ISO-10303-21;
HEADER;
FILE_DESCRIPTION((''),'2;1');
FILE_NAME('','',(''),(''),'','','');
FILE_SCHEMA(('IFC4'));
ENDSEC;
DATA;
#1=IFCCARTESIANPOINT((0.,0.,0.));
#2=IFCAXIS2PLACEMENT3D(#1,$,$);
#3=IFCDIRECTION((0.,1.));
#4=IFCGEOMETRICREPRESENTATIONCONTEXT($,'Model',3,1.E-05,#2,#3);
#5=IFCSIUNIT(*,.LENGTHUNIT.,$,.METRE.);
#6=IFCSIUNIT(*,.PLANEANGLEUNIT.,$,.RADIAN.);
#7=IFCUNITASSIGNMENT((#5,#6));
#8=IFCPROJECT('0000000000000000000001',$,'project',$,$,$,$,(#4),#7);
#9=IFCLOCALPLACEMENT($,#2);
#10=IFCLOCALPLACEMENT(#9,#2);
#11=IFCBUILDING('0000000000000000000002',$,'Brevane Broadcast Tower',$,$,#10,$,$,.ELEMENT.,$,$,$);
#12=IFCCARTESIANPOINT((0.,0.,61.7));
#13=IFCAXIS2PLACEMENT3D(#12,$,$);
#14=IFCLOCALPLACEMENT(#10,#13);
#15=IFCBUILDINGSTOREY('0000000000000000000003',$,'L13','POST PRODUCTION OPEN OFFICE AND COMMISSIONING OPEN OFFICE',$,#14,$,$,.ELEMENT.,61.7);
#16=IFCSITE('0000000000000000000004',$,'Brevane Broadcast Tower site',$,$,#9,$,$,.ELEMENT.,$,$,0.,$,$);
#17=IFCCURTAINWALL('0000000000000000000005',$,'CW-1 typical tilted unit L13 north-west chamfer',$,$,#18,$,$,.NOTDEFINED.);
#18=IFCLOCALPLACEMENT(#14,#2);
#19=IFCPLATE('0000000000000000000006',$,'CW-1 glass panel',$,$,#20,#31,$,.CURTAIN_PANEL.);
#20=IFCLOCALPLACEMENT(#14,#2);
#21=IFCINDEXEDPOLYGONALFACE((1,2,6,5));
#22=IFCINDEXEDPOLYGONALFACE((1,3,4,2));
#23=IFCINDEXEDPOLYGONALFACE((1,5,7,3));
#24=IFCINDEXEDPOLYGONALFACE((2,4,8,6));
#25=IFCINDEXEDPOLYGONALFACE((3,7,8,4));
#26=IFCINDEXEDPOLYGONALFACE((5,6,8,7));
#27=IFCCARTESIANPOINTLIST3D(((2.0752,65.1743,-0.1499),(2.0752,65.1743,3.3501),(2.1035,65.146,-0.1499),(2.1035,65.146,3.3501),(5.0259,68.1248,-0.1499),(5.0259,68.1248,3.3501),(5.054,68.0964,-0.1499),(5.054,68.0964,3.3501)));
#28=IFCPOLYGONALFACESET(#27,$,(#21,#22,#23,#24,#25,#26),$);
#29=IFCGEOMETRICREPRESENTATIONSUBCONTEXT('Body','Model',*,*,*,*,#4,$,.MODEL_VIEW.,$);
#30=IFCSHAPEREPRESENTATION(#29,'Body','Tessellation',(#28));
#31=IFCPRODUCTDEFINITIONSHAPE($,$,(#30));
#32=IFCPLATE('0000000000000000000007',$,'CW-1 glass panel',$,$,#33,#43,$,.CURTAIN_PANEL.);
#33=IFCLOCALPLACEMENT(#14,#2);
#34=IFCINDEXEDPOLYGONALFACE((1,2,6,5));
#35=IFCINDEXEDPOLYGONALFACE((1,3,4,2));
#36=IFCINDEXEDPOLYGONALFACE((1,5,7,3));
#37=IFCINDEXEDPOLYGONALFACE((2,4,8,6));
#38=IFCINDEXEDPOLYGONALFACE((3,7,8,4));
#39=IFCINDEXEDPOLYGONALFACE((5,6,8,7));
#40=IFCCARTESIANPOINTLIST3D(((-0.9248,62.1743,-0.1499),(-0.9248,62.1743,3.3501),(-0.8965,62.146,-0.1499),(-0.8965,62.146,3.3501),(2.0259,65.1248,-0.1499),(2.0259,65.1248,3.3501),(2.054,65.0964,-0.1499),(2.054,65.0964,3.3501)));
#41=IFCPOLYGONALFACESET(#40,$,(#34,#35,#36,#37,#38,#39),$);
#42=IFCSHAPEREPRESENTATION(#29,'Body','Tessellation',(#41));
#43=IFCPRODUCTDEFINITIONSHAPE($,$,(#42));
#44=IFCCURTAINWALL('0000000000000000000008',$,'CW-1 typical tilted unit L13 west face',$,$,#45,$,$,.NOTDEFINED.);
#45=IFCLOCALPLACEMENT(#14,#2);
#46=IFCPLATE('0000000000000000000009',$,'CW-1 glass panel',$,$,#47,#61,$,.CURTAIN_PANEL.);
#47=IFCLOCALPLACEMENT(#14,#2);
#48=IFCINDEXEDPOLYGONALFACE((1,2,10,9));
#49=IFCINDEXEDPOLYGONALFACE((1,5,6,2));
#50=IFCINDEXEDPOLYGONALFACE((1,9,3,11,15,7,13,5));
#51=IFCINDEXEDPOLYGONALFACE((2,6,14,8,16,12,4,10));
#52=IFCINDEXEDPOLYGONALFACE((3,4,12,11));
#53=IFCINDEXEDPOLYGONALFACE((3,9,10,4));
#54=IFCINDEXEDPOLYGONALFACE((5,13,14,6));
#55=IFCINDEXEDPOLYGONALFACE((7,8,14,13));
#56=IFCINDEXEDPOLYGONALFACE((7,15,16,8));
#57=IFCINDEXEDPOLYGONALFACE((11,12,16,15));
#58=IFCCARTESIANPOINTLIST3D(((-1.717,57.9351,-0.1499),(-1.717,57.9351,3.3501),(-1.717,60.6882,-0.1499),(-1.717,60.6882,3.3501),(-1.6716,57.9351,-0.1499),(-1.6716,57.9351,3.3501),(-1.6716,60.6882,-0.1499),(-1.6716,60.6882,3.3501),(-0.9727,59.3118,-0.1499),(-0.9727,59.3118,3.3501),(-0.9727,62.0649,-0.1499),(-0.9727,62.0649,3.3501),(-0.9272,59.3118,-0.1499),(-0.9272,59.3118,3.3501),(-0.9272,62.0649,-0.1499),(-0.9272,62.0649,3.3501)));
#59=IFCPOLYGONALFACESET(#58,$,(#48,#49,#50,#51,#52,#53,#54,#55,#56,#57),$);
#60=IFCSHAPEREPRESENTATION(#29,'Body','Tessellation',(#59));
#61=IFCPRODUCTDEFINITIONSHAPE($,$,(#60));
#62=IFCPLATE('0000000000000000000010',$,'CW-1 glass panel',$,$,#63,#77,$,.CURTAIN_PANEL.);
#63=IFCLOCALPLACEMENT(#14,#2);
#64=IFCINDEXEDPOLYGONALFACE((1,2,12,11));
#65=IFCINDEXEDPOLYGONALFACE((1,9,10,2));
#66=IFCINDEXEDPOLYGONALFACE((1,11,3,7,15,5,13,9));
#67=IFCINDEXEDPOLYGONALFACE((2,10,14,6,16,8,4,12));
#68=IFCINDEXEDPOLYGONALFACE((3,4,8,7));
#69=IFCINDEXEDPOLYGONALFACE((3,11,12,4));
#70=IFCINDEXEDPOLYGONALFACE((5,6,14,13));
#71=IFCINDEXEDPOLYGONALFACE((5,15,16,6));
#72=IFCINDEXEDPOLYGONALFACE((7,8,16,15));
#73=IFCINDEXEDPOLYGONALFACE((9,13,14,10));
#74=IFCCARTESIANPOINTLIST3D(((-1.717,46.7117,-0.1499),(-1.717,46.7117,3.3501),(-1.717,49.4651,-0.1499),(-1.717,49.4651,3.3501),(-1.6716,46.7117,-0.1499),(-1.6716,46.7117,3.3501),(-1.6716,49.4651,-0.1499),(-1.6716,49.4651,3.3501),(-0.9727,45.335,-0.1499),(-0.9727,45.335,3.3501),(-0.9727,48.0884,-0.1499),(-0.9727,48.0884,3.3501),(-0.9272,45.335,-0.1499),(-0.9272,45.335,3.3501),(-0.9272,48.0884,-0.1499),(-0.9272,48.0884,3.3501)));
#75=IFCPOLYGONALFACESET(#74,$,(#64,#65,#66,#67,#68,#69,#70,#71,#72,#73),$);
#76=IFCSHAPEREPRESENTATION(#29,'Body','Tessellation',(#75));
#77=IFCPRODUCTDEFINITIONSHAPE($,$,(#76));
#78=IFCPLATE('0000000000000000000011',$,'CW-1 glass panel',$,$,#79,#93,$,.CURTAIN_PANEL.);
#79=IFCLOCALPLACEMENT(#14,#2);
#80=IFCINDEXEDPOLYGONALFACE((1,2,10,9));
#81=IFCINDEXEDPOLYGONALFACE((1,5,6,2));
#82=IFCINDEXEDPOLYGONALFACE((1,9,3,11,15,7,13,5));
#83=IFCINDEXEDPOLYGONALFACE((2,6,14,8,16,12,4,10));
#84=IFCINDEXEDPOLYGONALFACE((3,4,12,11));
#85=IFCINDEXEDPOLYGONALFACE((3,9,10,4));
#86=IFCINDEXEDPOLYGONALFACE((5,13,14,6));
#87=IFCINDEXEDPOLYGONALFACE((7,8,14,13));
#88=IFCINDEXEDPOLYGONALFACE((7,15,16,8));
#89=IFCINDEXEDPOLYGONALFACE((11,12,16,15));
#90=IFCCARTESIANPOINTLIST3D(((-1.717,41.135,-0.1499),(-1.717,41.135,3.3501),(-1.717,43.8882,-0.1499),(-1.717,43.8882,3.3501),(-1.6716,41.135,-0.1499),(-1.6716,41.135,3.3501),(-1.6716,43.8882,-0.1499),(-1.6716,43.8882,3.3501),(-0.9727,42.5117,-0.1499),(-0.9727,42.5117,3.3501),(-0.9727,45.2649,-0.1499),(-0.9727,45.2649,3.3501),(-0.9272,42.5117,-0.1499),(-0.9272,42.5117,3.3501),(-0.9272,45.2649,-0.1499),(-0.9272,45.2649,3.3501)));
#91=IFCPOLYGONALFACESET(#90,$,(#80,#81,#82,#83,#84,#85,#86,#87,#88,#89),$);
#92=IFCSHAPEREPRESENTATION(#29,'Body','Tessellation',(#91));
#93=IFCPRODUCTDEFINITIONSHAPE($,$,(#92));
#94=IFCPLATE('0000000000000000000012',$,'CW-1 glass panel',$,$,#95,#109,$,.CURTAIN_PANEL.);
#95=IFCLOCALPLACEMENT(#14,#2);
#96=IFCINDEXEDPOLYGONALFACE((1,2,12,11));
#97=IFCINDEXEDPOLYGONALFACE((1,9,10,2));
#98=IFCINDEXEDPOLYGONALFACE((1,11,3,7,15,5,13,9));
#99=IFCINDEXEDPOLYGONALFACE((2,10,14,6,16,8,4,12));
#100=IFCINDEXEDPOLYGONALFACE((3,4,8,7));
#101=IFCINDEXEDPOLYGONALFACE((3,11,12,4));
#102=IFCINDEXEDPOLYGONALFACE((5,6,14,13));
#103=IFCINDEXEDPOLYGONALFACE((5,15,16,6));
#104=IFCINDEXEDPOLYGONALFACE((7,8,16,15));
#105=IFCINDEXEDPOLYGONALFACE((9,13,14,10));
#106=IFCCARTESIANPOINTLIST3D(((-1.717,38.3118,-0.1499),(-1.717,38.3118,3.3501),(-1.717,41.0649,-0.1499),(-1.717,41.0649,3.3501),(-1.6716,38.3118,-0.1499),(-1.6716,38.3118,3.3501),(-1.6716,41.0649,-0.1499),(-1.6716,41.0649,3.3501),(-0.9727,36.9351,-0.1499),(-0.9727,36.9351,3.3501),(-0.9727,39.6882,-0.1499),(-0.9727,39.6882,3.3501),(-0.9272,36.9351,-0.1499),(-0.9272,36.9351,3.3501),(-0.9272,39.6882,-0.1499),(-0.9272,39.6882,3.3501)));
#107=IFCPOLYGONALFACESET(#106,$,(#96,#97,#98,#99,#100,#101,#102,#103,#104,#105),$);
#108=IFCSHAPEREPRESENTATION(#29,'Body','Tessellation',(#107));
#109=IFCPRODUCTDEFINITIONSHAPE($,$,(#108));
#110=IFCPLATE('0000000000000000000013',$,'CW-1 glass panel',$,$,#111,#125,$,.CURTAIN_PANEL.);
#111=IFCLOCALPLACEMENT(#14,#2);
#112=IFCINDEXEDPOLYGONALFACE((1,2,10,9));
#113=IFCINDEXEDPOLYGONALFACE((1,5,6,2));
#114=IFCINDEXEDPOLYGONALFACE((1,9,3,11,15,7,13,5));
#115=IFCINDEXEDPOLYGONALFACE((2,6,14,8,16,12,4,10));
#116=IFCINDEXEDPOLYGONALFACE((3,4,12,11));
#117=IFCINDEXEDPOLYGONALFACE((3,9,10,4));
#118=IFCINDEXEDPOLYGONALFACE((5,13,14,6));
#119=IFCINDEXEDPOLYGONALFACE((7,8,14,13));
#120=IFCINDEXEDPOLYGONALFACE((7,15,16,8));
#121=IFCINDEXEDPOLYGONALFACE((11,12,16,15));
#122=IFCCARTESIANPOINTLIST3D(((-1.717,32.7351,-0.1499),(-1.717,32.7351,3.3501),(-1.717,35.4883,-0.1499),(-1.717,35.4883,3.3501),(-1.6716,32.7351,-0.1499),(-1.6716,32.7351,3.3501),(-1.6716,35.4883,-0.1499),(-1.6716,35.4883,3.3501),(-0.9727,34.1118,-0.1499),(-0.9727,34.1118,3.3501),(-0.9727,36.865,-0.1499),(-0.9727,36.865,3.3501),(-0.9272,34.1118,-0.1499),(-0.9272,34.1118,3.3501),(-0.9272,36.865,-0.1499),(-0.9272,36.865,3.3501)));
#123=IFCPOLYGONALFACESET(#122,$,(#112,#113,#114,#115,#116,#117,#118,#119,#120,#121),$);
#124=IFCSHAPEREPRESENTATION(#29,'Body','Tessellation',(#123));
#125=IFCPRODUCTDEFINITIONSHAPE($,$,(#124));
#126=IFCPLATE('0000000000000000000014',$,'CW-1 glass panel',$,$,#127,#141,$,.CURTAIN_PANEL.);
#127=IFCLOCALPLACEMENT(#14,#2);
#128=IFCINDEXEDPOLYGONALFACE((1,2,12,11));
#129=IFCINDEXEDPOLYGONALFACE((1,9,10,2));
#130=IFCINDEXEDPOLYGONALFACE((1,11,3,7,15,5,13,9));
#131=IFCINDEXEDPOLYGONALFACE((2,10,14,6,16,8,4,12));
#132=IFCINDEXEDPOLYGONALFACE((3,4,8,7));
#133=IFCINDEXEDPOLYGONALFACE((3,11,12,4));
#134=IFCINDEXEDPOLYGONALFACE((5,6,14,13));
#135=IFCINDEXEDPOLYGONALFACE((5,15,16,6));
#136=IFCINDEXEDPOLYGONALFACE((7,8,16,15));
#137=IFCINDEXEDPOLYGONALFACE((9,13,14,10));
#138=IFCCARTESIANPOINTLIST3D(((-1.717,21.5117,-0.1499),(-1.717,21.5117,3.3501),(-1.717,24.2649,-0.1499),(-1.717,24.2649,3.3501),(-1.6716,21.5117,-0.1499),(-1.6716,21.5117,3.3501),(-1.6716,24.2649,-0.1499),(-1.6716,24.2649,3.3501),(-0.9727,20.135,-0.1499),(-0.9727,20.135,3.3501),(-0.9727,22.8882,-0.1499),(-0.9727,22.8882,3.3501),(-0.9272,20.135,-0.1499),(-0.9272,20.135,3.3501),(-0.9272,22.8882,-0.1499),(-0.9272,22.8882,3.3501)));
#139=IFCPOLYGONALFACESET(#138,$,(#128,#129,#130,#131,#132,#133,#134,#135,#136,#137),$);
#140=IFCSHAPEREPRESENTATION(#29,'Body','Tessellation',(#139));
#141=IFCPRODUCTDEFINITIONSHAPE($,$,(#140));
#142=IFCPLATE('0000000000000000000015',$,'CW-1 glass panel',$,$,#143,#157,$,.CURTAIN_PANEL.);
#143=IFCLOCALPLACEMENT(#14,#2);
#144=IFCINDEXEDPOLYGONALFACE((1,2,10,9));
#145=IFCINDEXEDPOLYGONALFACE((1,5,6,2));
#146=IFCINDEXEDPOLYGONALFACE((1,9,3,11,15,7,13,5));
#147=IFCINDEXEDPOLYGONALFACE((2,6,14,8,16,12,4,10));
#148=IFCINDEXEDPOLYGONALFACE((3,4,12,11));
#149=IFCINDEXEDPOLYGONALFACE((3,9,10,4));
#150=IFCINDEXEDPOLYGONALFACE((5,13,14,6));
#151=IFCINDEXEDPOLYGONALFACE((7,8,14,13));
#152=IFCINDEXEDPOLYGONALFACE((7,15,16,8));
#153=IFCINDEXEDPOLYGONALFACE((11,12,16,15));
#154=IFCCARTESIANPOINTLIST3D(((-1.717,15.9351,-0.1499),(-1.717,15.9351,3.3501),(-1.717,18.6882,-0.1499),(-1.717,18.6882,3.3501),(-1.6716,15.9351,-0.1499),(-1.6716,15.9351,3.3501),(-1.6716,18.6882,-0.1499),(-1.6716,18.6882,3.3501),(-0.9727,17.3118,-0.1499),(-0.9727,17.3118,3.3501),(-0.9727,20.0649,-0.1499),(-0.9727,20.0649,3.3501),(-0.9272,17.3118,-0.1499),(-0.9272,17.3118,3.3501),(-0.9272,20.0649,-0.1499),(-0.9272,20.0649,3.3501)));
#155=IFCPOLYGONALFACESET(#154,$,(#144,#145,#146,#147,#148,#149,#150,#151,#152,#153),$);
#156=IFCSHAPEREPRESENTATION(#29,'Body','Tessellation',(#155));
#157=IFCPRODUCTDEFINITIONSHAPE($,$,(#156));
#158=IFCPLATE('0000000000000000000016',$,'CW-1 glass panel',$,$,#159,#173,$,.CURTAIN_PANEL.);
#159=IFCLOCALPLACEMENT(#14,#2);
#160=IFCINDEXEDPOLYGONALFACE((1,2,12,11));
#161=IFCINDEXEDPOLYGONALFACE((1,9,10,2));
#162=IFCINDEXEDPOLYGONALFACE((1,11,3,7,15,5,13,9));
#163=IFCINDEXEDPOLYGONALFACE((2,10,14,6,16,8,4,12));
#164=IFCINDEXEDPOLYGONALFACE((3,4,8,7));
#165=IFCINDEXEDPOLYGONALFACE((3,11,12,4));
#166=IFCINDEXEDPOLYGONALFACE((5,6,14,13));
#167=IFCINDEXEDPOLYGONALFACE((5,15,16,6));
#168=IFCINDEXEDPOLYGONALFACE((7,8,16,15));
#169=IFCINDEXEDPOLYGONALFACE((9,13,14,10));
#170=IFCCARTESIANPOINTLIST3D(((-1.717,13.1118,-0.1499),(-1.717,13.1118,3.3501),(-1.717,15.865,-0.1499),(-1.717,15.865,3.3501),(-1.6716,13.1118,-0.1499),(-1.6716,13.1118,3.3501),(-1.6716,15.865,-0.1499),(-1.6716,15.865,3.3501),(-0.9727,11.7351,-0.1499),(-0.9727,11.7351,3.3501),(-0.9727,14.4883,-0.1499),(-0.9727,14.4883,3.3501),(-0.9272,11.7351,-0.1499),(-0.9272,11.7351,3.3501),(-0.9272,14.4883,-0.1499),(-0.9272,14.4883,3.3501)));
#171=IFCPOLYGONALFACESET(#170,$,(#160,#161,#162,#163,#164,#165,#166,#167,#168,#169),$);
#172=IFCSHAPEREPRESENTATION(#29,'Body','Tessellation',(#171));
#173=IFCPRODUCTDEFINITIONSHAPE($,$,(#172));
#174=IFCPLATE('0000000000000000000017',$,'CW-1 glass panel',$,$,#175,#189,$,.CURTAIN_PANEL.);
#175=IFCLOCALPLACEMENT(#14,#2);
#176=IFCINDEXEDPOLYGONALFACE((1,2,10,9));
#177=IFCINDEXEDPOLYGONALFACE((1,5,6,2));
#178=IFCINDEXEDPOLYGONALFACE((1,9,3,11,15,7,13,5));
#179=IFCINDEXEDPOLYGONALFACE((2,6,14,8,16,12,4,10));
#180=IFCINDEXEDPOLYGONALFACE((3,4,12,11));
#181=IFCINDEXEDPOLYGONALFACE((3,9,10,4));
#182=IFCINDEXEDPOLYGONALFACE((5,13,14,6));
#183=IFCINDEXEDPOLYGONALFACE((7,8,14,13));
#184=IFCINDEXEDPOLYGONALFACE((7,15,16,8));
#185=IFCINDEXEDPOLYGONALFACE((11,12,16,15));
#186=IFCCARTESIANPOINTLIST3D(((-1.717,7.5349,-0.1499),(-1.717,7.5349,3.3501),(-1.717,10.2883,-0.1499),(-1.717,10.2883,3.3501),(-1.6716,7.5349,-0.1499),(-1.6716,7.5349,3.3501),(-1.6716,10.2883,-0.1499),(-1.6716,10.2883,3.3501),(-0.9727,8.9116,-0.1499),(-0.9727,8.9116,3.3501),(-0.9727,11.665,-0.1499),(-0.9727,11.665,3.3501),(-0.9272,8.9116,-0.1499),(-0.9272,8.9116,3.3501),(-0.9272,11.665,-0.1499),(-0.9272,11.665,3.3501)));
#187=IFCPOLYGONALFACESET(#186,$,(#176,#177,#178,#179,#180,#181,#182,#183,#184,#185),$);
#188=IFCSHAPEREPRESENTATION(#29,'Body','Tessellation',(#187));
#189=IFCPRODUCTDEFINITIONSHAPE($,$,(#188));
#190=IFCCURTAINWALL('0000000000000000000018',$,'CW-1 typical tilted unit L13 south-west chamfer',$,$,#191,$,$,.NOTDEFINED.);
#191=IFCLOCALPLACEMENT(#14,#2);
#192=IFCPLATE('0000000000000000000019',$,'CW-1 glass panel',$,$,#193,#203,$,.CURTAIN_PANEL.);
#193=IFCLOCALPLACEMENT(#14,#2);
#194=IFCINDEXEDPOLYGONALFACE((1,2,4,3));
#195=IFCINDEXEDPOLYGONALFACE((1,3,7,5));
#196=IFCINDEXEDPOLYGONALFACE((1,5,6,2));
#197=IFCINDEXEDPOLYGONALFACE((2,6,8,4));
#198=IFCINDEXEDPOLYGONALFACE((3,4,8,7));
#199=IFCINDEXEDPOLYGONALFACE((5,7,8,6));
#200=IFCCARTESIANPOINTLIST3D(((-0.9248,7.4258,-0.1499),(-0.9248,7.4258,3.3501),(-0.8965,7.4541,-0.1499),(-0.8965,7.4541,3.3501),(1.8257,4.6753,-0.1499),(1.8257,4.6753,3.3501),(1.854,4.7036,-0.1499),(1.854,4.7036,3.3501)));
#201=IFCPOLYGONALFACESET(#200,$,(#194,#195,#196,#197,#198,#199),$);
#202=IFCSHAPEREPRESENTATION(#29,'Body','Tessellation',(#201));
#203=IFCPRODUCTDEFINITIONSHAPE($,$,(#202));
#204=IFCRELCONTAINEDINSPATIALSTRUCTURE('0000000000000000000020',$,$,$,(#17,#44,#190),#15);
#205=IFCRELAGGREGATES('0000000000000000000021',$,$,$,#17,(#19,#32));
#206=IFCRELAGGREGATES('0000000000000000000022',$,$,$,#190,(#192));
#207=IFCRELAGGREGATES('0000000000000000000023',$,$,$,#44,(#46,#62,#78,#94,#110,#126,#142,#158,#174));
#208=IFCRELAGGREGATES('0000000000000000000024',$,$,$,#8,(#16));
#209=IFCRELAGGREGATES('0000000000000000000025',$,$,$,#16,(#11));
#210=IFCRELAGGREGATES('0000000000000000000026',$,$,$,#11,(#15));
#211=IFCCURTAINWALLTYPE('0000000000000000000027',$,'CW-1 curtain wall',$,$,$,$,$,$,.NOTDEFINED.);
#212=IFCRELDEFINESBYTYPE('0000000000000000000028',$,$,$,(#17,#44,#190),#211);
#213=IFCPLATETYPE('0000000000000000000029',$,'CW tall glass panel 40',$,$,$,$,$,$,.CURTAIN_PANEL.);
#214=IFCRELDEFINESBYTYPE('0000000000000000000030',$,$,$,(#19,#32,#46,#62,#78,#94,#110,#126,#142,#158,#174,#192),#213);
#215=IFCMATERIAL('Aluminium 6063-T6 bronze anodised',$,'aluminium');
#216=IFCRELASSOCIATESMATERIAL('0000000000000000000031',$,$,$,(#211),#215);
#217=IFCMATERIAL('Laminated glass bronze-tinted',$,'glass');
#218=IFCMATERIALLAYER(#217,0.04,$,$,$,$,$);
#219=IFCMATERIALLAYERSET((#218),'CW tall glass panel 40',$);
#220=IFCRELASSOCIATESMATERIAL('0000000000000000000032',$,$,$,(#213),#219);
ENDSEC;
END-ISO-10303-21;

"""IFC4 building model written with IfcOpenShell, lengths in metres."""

from ifc_helpers import new_model, si_unit, direction, frame, origin, place, context, subcontext, project, spatial, polyline, outline, extrude, material, layer, layer_set, type_object, element, aggregate, save


model = new_model("IFC4")

# Units and contexts
model_context = context("Model", 3, precision=1e-05, world=origin(), true_north=direction((0.0, 1.0)))
body_context = subcontext(model_context, "Body", "Model", "MODEL_VIEW")
ifc_project = project(units=[si_unit("LENGTHUNIT", "METRE"), si_unit("PLANEANGLEUNIT", "RADIAN")], contexts=[model_context])

# Site, building, storey
site_placement = place(None, origin())
site = spatial("IfcSite", under=ifc_project, at=site_placement, Name="Brevane Broadcast Tower site", CompositionType="ELEMENT", RefElevation=0.0)
building_placement = place(site_placement, origin())
building = spatial("IfcBuilding", under=site, at=building_placement, Name="Brevane Broadcast Tower", CompositionType="ELEMENT")
storey_placement = place(building_placement, frame((0.0, 0.0, 61.7)))
storey = spatial("IfcBuildingStorey", under=building, at=storey_placement, Name="L13", Description="POST PRODUCTION OPEN OFFICE AND COMMISSIONING OPEN OFFICE", CompositionType="ELEMENT", Elevation=61.7)

# Curtain walls, plates
ifc_material_1 = material(Name="Aluminium 6063-T6 bronze anodised", Category="aluminium")
curtain_wall_type = type_object("IfcCurtainWallType", Name="CW-1 curtain wall", PredefinedType="NOTDEFINED", material=ifc_material_1)
curtain_wall_1_placement = place(storey_placement, origin())
curtain_wall_1 = element("IfcCurtainWall", 1, at=curtain_wall_1_placement, inside=storey, type_object=curtain_wall_type, Name="CW-1 typical tilted unit L13 north-west chamfer", PredefinedType="NOTDEFINED")
ifc_material_2 = material(Name="Laminated glass bronze-tinted", Category="glass")
ifc_layer_1 = layer(ifc_material_2, 0.04)
ifc_layer_set_1 = layer_set([ifc_layer_1], Name="CW tall glass panel 40")
plate_type = type_object("IfcPlateType", Name="CW tall glass panel 40", PredefinedType="CURTAIN_PANEL", material=ifc_layer_set_1)
plate_1_placement = place(storey_placement, frame((0.0, 0.0, -0.1499)))
plate_1 = element("IfcPlate", 2, at=plate_1_placement, type_object=plate_type, Name="CW-1 glass panel", PredefinedType="CURTAIN_PANEL", context=body_context, shape_type="SweptSolid", body=[
    extrude(outline(polyline([(5.054, 68.0964), (2.1035, 65.146), (2.0752, 65.1743), (5.0259, 68.1248), (5.054, 68.0964)])), origin(), (0.0, 0.0, 1.0), 3.5),
])
plate_2_placement = place(storey_placement, frame((0.0, 0.0, -0.1499)))
plate_2 = element("IfcPlate", 3, at=plate_2_placement, type_object=plate_type, Name="CW-1 glass panel", PredefinedType="CURTAIN_PANEL", context=body_context, shape_type="SweptSolid", body=[
    extrude(outline(polyline([(2.054, 65.0964), (-0.8965, 62.146), (-0.9248, 62.1743), (2.0259, 65.1248), (2.054, 65.0964)])), origin(), (0.0, 0.0, 1.0), 3.5),
])
aggregate(curtain_wall_1, [plate_1, plate_2])
curtain_wall_2_placement = place(storey_placement, origin())
curtain_wall_2 = element("IfcCurtainWall", 4, at=curtain_wall_2_placement, inside=storey, type_object=curtain_wall_type, Name="CW-1 typical tilted unit L13 west face", PredefinedType="NOTDEFINED")
plate_3_placement = place(storey_placement, frame((0.0, 0.0, -0.1499)))
plate_3 = element("IfcPlate", 5, at=plate_3_placement, type_object=plate_type, Name="CW-1 glass panel", PredefinedType="CURTAIN_PANEL", context=body_context, shape_type="SweptSolid", body=[
    extrude(outline(polyline([(-0.9272, 62.0649), (-0.9727, 62.0649), (-1.717, 60.6882), (-0.9727, 59.3118), (-1.717, 57.9351), (-1.6716, 57.9351), (-0.9272, 59.3118), (-1.6716, 60.6882), (-0.9272, 62.0649)])), origin(), (0.0, 0.0, 1.0), 3.5),
])
plate_4_placement = place(storey_placement, frame((0.0, 0.0, -0.1499)))
plate_4 = element("IfcPlate", 6, at=plate_4_placement, type_object=plate_type, Name="CW-1 glass panel", PredefinedType="CURTAIN_PANEL", context=body_context, shape_type="SweptSolid", body=[
    extrude(outline(polyline([(-1.6716, 49.4651), (-1.717, 49.4651), (-0.9727, 48.0884), (-1.717, 46.7117), (-0.9727, 45.335), (-0.9272, 45.335), (-1.6716, 46.7117), (-0.9272, 48.0884), (-1.6716, 49.4651)])), origin(), (0.0, 0.0, 1.0), 3.5),
])
plate_5_placement = place(storey_placement, frame((0.0, 0.0, -0.1499)))
plate_5 = element("IfcPlate", 7, at=plate_5_placement, type_object=plate_type, Name="CW-1 glass panel", PredefinedType="CURTAIN_PANEL", context=body_context, shape_type="SweptSolid", body=[
    extrude(outline(polyline([(-0.9272, 45.2649), (-0.9727, 45.2649), (-1.717, 43.8882), (-0.9727, 42.5117), (-1.717, 41.135), (-1.6716, 41.135), (-0.9272, 42.5117), (-1.6716, 43.8882), (-0.9272, 45.2649)])), origin(), (0.0, 0.0, 1.0), 3.5),
])
plate_6_placement = place(storey_placement, frame((0.0, 0.0, -0.1499)))
plate_6 = element("IfcPlate", 8, at=plate_6_placement, type_object=plate_type, Name="CW-1 glass panel", PredefinedType="CURTAIN_PANEL", context=body_context, shape_type="SweptSolid", body=[
    extrude(outline(polyline([(-1.6716, 41.0649), (-1.717, 41.0649), (-0.9727, 39.6882), (-1.717, 38.3118), (-0.9727, 36.9351), (-0.9272, 36.9351), (-1.6716, 38.3118), (-0.9272, 39.6882), (-1.6716, 41.0649)])), origin(), (0.0, 0.0, 1.0), 3.5),
])
plate_7_placement = place(storey_placement, frame((0.0, 0.0, -0.1499)))
plate_7 = element("IfcPlate", 9, at=plate_7_placement, type_object=plate_type, Name="CW-1 glass panel", PredefinedType="CURTAIN_PANEL", context=body_context, shape_type="SweptSolid", body=[
    extrude(outline(polyline([(-0.9272, 36.865), (-0.9727, 36.865), (-1.717, 35.4883), (-0.9727, 34.1118), (-1.717, 32.7351), (-1.6716, 32.7351), (-0.9272, 34.1118), (-1.6716, 35.4883), (-0.9272, 36.865)])), origin(), (0.0, 0.0, 1.0), 3.5),
])
plate_8_placement = place(storey_placement, frame((0.0, 0.0, -0.1499)))
plate_8 = element("IfcPlate", 10, at=plate_8_placement, type_object=plate_type, Name="CW-1 glass panel", PredefinedType="CURTAIN_PANEL", context=body_context, shape_type="SweptSolid", body=[
    extrude(outline(polyline([(-1.6716, 24.2649), (-1.717, 24.2649), (-0.9727, 22.8882), (-1.717, 21.5117), (-0.9727, 20.135), (-0.9272, 20.135), (-1.6716, 21.5117), (-0.9272, 22.8882), (-1.6716, 24.2649)])), origin(), (0.0, 0.0, 1.0), 3.5),
])
plate_9_placement = place(storey_placement, frame((0.0, 0.0, -0.1499)))
plate_9 = element("IfcPlate", 11, at=plate_9_placement, type_object=plate_type, Name="CW-1 glass panel", PredefinedType="CURTAIN_PANEL", context=body_context, shape_type="SweptSolid", body=[
    extrude(outline(polyline([(-0.9272, 20.0649), (-0.9727, 20.0649), (-1.717, 18.6882), (-0.9727, 17.3118), (-1.717, 15.9351), (-1.6716, 15.9351), (-0.9272, 17.3118), (-1.6716, 18.6882), (-0.9272, 20.0649)])), origin(), (0.0, 0.0, 1.0), 3.5),
])
plate_10_placement = place(storey_placement, frame((0.0, 0.0, -0.1499)))
plate_10 = element("IfcPlate", 12, at=plate_10_placement, type_object=plate_type, Name="CW-1 glass panel", PredefinedType="CURTAIN_PANEL", context=body_context, shape_type="SweptSolid", body=[
    extrude(outline(polyline([(-1.6716, 15.865), (-1.717, 15.865), (-0.9727, 14.4883), (-1.717, 13.1118), (-0.9727, 11.7351), (-0.9272, 11.7351), (-1.6716, 13.1118), (-0.9272, 14.4883), (-1.6716, 15.865)])), origin(), (0.0, 0.0, 1.0), 3.5),
])
plate_11_placement = place(storey_placement, frame((0.0, 0.0, -0.1499)))
plate_11 = element("IfcPlate", 13, at=plate_11_placement, type_object=plate_type, Name="CW-1 glass panel", PredefinedType="CURTAIN_PANEL", context=body_context, shape_type="SweptSolid", body=[
    extrude(outline(polyline([(-0.9272, 11.665), (-0.9727, 11.665), (-1.717, 10.2883), (-0.9727, 8.9116), (-1.717, 7.5349), (-1.6716, 7.5349), (-0.9272, 8.9116), (-1.6716, 10.2883), (-0.9272, 11.665)])), origin(), (0.0, 0.0, 1.0), 3.5),
])
curtain_wall_3_placement = place(storey_placement, origin())
curtain_wall_3 = element("IfcCurtainWall", 14, at=curtain_wall_3_placement, inside=storey, type_object=curtain_wall_type, Name="CW-1 typical tilted unit L13 south-west chamfer", PredefinedType="NOTDEFINED")
plate_12_placement = place(storey_placement, frame((0.0, 0.0, -0.1499)))
plate_12 = element("IfcPlate", 15, at=plate_12_placement, type_object=plate_type, Name="CW-1 glass panel", PredefinedType="CURTAIN_PANEL", context=body_context, shape_type="SweptSolid", body=[
    extrude(outline(polyline([(-0.8965, 7.4541), (1.854, 4.7036), (1.8257, 4.6753), (-0.9248, 7.4258), (-0.8965, 7.4541)])), origin(), (0.0, 0.0, 1.0), 3.5),
])
aggregate(curtain_wall_3, [plate_12])

aggregate(curtain_wall_2, [plate_3, plate_4, plate_5, plate_6, plate_7, plate_8, plate_9, plate_10, plate_11])

save(model, "model.ifc")
